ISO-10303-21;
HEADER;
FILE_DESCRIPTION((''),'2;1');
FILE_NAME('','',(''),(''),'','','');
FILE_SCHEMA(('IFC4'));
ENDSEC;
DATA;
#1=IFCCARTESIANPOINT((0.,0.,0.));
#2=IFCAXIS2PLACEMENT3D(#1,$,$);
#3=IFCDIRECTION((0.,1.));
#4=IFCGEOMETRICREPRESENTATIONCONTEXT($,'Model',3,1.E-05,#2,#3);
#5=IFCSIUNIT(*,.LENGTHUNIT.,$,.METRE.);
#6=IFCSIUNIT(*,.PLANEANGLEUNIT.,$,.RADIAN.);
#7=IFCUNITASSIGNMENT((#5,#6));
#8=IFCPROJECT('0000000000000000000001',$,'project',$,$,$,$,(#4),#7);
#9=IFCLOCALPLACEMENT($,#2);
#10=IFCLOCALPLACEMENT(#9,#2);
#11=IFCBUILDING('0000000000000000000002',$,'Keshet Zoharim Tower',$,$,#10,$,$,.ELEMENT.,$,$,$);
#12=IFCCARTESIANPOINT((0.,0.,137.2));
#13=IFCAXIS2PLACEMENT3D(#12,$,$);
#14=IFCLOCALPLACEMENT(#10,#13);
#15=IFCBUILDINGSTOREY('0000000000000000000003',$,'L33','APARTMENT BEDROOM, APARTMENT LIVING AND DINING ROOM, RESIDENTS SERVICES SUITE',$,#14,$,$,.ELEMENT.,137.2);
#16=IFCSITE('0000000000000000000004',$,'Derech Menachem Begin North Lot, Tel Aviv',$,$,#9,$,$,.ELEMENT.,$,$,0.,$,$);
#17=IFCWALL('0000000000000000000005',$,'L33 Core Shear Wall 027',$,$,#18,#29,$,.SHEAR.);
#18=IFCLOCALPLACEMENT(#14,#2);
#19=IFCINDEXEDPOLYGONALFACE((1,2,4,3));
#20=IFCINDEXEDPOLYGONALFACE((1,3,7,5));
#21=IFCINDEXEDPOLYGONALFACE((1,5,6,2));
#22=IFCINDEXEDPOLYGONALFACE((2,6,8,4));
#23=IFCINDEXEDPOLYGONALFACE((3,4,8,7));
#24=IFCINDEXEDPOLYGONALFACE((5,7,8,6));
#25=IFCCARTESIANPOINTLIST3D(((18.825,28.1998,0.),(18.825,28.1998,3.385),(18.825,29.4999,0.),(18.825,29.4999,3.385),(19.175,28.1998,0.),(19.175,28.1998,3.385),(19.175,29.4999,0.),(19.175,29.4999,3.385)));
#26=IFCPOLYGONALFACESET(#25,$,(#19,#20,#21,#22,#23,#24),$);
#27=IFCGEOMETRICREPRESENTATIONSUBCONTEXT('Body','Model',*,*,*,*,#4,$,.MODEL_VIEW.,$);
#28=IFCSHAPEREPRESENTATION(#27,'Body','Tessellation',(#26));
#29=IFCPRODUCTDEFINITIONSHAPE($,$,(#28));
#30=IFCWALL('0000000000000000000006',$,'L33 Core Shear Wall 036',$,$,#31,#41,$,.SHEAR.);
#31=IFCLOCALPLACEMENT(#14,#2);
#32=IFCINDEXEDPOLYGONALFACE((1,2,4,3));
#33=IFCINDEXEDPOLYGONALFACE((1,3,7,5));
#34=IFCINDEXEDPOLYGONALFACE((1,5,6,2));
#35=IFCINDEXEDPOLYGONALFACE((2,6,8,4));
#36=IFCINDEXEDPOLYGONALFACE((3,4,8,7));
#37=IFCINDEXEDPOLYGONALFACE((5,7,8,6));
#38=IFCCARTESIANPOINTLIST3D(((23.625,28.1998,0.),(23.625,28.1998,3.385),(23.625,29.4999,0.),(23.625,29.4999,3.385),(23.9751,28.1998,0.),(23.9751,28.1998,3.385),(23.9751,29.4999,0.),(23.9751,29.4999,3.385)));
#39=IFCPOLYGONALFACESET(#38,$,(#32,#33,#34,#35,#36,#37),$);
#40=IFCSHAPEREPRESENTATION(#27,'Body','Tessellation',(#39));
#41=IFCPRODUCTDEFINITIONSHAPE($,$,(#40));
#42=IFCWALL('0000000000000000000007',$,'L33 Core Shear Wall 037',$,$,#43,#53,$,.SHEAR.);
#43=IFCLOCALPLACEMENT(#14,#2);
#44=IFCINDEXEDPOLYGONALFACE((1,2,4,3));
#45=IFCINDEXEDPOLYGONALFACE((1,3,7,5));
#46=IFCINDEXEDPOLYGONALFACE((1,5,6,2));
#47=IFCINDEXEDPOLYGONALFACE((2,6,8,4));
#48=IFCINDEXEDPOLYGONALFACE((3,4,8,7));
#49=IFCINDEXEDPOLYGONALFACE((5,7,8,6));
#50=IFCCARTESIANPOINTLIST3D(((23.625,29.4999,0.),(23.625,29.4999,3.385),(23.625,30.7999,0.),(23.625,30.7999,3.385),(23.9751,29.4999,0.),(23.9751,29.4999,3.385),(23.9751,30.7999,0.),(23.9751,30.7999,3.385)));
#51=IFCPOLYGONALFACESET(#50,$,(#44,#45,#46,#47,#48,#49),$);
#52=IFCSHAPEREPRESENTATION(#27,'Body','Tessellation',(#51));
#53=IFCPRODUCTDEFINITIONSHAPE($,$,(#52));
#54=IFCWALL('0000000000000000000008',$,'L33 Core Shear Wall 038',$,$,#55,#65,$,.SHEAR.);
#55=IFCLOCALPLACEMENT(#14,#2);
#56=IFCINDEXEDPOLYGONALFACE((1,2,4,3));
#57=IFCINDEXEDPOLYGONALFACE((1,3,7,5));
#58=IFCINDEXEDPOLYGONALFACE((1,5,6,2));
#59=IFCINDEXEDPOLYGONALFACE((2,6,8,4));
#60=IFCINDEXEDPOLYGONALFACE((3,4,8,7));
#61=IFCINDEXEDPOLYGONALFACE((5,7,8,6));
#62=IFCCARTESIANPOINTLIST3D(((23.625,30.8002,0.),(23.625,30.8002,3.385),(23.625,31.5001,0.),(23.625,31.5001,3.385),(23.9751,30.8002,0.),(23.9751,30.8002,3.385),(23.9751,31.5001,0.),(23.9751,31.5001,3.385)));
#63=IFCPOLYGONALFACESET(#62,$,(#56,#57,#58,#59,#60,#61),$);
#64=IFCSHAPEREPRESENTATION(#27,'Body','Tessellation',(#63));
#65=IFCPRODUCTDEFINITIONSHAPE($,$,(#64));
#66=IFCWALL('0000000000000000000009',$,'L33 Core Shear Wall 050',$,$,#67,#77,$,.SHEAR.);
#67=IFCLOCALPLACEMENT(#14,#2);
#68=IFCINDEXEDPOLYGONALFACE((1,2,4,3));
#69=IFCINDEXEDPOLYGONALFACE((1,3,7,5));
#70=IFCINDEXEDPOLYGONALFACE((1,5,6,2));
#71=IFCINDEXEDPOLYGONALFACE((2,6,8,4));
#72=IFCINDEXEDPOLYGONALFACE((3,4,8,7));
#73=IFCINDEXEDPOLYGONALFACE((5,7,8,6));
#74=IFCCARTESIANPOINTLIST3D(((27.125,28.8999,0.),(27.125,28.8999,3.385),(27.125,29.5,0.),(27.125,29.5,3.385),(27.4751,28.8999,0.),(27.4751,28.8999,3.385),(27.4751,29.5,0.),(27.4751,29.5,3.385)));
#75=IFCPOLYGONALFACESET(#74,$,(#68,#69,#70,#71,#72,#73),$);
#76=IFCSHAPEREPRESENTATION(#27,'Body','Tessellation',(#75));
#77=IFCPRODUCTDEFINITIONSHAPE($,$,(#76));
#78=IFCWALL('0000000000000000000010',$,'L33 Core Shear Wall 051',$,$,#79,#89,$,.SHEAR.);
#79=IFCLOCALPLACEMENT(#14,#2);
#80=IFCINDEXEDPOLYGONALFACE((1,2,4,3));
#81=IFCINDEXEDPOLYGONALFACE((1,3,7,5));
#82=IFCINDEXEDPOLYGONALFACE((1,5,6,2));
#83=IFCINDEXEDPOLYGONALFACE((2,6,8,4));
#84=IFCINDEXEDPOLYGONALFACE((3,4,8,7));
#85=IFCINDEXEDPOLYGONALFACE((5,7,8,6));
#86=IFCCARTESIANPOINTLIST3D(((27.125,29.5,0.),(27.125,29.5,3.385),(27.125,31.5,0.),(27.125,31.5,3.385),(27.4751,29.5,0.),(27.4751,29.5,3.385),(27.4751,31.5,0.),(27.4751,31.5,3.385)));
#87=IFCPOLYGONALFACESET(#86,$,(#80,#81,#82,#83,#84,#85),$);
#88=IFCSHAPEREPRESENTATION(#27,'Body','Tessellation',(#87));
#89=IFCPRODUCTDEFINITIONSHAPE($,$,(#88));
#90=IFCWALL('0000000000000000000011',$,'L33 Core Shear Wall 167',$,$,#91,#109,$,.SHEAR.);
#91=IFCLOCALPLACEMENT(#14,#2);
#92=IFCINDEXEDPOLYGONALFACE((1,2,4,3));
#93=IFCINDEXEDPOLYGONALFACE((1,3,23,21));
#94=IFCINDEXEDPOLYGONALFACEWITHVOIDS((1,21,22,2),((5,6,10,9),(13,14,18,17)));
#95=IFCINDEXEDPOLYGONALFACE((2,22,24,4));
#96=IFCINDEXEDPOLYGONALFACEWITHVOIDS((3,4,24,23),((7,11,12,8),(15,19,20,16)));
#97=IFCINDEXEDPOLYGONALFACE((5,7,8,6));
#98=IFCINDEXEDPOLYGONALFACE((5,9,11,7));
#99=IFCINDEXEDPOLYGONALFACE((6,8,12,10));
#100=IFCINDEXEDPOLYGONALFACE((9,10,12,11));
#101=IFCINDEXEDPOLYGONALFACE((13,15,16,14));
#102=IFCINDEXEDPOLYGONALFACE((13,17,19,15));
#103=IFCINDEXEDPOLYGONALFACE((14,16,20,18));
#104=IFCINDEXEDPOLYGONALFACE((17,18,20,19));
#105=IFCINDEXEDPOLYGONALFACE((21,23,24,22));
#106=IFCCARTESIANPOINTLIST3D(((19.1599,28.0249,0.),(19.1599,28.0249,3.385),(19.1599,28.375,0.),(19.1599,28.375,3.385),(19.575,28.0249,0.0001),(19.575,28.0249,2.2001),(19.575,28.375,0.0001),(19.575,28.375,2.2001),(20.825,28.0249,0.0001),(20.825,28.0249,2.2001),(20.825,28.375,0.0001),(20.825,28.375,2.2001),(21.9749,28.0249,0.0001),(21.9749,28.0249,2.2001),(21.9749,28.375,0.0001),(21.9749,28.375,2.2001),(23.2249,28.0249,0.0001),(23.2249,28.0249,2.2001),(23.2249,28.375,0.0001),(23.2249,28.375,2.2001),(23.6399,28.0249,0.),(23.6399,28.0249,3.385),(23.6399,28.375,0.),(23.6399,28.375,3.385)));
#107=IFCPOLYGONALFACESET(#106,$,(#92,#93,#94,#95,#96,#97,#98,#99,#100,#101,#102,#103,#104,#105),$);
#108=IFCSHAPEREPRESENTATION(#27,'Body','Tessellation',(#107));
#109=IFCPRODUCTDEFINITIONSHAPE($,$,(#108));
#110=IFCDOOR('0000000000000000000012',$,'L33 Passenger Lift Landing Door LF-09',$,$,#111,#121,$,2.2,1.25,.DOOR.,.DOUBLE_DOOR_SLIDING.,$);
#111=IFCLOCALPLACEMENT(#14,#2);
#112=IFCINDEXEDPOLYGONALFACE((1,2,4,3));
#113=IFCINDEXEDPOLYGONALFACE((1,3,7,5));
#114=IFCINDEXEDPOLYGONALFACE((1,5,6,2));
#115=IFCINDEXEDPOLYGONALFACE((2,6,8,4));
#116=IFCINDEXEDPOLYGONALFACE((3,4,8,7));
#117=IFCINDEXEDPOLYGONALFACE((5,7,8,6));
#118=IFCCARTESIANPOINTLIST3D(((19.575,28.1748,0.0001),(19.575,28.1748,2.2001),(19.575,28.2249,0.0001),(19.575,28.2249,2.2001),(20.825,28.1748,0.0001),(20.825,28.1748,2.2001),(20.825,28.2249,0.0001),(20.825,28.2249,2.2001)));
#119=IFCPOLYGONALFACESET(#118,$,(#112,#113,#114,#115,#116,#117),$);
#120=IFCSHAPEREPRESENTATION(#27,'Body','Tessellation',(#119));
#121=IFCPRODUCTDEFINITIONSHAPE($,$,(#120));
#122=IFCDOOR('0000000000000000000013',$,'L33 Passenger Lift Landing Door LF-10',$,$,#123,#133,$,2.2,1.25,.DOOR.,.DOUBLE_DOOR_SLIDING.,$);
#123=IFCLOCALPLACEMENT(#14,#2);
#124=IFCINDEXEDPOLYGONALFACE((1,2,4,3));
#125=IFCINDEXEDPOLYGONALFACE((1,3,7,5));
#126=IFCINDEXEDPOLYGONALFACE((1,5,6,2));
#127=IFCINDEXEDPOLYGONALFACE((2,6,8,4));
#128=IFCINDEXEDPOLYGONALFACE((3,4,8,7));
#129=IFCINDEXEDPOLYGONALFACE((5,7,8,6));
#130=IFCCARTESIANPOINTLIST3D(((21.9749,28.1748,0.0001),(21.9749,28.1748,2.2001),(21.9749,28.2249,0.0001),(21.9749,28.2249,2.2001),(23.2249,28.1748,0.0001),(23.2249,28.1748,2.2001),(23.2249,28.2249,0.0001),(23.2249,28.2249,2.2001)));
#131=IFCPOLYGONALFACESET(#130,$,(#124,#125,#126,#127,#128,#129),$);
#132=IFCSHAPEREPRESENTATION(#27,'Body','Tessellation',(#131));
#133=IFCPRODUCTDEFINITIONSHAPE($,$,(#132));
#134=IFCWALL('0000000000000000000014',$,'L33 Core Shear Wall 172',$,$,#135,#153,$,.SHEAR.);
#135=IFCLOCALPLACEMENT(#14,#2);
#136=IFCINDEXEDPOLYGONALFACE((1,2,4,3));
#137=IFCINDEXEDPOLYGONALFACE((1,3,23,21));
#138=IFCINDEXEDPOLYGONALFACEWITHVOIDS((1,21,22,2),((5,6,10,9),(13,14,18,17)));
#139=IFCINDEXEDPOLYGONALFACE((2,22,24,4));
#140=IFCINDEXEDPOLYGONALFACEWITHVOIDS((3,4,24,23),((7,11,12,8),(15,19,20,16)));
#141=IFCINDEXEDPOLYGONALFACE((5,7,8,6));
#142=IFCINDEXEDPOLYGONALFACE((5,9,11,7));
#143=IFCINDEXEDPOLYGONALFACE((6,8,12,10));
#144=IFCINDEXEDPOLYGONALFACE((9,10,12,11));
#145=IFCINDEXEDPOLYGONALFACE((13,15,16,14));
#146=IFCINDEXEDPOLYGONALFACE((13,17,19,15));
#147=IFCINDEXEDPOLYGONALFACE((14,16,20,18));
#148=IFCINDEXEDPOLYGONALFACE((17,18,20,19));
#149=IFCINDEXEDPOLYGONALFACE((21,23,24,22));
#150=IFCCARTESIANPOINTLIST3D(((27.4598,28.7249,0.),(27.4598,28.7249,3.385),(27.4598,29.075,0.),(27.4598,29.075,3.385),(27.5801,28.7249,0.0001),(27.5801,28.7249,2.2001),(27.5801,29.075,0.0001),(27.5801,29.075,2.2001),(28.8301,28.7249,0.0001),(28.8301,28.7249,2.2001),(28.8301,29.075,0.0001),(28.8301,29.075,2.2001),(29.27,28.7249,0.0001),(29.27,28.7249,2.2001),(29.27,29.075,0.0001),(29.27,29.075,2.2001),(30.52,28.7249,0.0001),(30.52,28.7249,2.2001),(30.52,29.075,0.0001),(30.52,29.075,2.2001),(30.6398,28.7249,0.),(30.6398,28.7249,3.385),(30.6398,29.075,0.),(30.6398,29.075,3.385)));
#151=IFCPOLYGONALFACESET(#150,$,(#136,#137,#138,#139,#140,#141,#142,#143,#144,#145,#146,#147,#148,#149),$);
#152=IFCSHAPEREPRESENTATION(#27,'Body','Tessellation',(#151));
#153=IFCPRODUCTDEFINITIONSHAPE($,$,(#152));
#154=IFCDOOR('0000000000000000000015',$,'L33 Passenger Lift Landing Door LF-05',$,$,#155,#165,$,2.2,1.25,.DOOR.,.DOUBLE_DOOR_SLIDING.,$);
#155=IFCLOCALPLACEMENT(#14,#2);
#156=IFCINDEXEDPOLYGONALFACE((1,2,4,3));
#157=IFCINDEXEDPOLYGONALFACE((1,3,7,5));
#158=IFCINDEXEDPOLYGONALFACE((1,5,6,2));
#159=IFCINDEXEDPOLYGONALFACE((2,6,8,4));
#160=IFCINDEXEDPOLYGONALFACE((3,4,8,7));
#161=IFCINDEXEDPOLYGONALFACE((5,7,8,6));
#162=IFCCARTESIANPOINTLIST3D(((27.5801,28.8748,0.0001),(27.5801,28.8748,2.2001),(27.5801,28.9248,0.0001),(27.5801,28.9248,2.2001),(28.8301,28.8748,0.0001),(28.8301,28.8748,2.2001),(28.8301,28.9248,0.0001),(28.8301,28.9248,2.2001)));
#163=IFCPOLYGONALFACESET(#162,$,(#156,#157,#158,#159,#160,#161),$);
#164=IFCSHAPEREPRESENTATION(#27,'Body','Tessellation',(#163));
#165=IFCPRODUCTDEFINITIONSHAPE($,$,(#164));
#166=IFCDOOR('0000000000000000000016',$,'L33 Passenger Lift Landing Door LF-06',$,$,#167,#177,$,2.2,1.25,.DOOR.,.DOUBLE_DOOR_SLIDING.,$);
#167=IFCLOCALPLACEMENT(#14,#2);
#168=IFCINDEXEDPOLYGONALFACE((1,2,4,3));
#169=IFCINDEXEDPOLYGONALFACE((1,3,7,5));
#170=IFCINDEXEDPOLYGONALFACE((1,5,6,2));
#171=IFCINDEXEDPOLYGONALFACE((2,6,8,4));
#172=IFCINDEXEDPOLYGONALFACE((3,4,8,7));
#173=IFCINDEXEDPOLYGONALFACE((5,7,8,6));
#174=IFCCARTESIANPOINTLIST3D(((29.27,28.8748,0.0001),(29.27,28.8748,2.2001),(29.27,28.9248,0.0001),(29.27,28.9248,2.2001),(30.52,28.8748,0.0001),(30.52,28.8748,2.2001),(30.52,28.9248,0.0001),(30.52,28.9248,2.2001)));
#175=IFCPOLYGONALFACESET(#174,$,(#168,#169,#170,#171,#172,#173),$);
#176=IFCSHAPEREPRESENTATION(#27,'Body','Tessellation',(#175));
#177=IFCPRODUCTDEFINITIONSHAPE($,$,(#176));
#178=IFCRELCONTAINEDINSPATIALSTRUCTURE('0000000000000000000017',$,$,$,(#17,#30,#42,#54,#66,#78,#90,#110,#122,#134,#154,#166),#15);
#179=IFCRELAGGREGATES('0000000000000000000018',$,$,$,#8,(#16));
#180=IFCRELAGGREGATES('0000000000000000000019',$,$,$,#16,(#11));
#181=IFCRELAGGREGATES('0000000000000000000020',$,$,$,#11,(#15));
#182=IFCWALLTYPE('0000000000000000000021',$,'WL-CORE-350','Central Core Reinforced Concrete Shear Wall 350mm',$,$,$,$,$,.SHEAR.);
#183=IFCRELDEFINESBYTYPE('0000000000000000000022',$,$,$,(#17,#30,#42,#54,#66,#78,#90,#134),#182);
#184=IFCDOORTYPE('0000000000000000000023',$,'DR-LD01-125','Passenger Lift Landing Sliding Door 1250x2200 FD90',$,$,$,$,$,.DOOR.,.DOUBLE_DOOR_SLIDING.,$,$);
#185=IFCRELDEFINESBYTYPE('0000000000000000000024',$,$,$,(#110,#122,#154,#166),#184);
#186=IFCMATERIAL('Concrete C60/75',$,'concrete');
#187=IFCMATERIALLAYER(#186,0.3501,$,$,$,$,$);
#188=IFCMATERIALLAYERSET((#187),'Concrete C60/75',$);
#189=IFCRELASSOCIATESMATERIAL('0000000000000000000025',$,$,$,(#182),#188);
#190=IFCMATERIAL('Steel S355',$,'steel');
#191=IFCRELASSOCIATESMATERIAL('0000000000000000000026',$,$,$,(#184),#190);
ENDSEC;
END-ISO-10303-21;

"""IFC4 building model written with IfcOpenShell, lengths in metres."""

from ifc_helpers import new_model, si_unit, direction, frame, frame_2d, origin, place, context, subcontext, project, spatial, rectangle, extrude, material, layer, layer_set, type_object, element, fill, save


model = new_model("IFC4")

# Units and contexts
model_context = context("Model", 3, precision=1e-05, world=origin(), true_north=direction((0.0, 1.0)))
body_context = subcontext(model_context, "Body", "Model", "MODEL_VIEW")
ifc_project = project(units=[si_unit("LENGTHUNIT", "METRE"), si_unit("PLANEANGLEUNIT", "RADIAN")], contexts=[model_context])

# Site, building, storey
site_placement = place(None, origin())
site = spatial("IfcSite", under=ifc_project, at=site_placement, Name="Derech Menachem Begin North Lot, Tel Aviv", CompositionType="ELEMENT", RefElevation=0.0)
building_placement = place(site_placement, origin())
building = spatial("IfcBuilding", under=site, at=building_placement, Name="Keshet Zoharim Tower", CompositionType="ELEMENT")
storey_placement = place(building_placement, frame((0.0, 0.0, 137.2)))
storey = spatial("IfcBuildingStorey", under=building, at=storey_placement, Name="L33", Description="APARTMENT BEDROOM, APARTMENT LIVING AND DINING ROOM, RESIDENTS SERVICES SUITE", CompositionType="ELEMENT", Elevation=137.2)

# Wall
ifc_material_1 = material(Name="Concrete C60/75", Category="concrete")
ifc_layer_1 = layer(ifc_material_1, 0.3501)
ifc_layer_set_1 = layer_set([ifc_layer_1], Name="Concrete C60/75")
wall_type_1 = type_object("IfcWallType", Name="WL-CORE-350", Description="Central Core Reinforced Concrete Shear Wall 350mm", PredefinedType="SHEAR", material=ifc_layer_set_1)
wall_1_placement = place(storey_placement, frame((19.0, 28.2, 0.0), z_axis=(0.0, 0.0, 1.0), x_axis=(0.0, 1.0, 0.0)))
element("IfcWall", 1, at=wall_1_placement, inside=storey, type_object=wall_type_1, Name="L33 Core Shear Wall 027", PredefinedType="SHEAR", context=body_context, shape_type="SweptSolid", body=[
    extrude(rectangle(XDim=1.3, YDim=0.3501, at=frame_2d((0.6499, 0.0))), origin(), (0.0, 0.0, 1.0), 3.385),
])

# Walls
for number, where, z_axis, x_axis, name in (
    (2, (23.8, 28.2, 0.0), (0.0, 0.0, 1.0), (0.0, 1.0, 0.0), "L33 Core Shear Wall 036"),
    (3, (23.8, 29.5, 0.0), (0.0, 0.0, 1.0), (0.0, 1.0, 0.0), "L33 Core Shear Wall 037"),
):
    element("IfcWall", number, at=place(storey_placement, frame(where, z_axis=z_axis, x_axis=x_axis)), inside=storey, type_object=wall_type_1, Name=name, PredefinedType="SHEAR", context=body_context, shape_type="SweptSolid", body=[
        extrude(rectangle(XDim=1.3, YDim=0.3501, at=frame_2d((0.6499, 0.0))), origin(), (0.0, 0.0, 1.0), 3.385),
    ])
wall_2_placement = place(storey_placement, frame((23.8, 30.8, 0.0), z_axis=(0.0, 0.0, 1.0), x_axis=(0.0, 1.0, 0.0)))
element("IfcWall", 4, at=wall_2_placement, inside=storey, type_object=wall_type_1, Name="L33 Core Shear Wall 038", PredefinedType="SHEAR", context=body_context, shape_type="SweptSolid", body=[
    extrude(rectangle(XDim=0.7, YDim=0.3501, at=frame_2d((0.3501, 0.0))), origin(), (0.0, 0.0, 1.0), 3.385),
])
wall_3_placement = place(storey_placement, frame((27.3, 28.8999, 0.0), z_axis=(0.0, 0.0, 1.0), x_axis=(0.0, 1.0, 0.0)))
element("IfcWall", 5, at=wall_3_placement, inside=storey, type_object=wall_type_1, Name="L33 Core Shear Wall 050", PredefinedType="SHEAR", context=body_context, shape_type="SweptSolid", body=[
    extrude(rectangle(XDim=0.6001, YDim=0.3501, at=frame_2d((0.3, 0.0))), origin(), (0.0, 0.0, 1.0), 3.385),
])
wall_4_placement = place(storey_placement, frame((27.3, 29.5, 0.0), z_axis=(0.0, 0.0, 1.0), x_axis=(0.0, 1.0, 0.0)))
element("IfcWall", 6, at=wall_4_placement, inside=storey, type_object=wall_type_1, Name="L33 Core Shear Wall 051", PredefinedType="SHEAR", context=body_context, shape_type="SweptSolid", body=[
    extrude(rectangle(XDim=2.0, YDim=0.3501, at=frame_2d((1.0, 0.0))), origin(), (0.0, 0.0, 1.0), 3.385),
])

# Walls, openings, doors
wall_5_placement = place(storey_placement, frame((19.1599, 28.2, 0.0), z_axis=(0.0, 0.0, 1.0), x_axis=(1.0, 0.0, 0.0)))
wall_5 = element("IfcWall", 7, at=wall_5_placement, inside=storey, type_object=wall_type_1, Name="L33 Core Shear Wall 167", PredefinedType="SHEAR", context=body_context, shape_type="SweptSolid", body=[
    extrude(rectangle(XDim=4.48, YDim=0.3501, at=frame_2d((2.24, 0.0))), origin(), (0.0, 0.0, 1.0), 3.385),
])
opening_1_placement = place(wall_5_placement, frame((0.415, 0.0, 0.0)))
opening_1 = element("IfcOpeningElement", 8, at=opening_1_placement, cuts=wall_5, PredefinedType="OPENING", context=body_context, shape_type="SweptSolid", body=[
    extrude(rectangle(XDim=1.25, YDim=2.2, at=frame_2d((0.625, 1.1001))), frame((0.0, 0.1851, 0.0), z_axis=(0.0, -1.0, 0.0), x_axis=(1.0, 0.0, 0.0)), (0.0, 0.0, 1.0), 0.3701),
])
opening_2_placement = place(wall_5_placement, frame((2.8149, 0.0, 0.0)))
opening_2 = element("IfcOpeningElement", 9, at=opening_2_placement, cuts=wall_5, PredefinedType="OPENING", context=body_context, shape_type="SweptSolid", body=[
    extrude(rectangle(XDim=1.25, YDim=2.2, at=frame_2d((0.625, 1.1001))), frame((0.0, 0.1851, 0.0), z_axis=(0.0, -1.0, 0.0), x_axis=(1.0, 0.0, 0.0)), (0.0, 0.0, 1.0), 0.3701),
])
ifc_material_2 = material(Name="Steel S355", Category="steel")
door_type_1 = type_object("IfcDoorType", Name="DR-LD01-125", Description="Passenger Lift Landing Sliding Door 1250x2200 FD90", OperationType="DOUBLE_DOOR_SLIDING", PredefinedType="DOOR", material=ifc_material_2)
door_1_placement = place(opening_1_placement, origin())
door_1 = element("IfcDoor", 10, at=door_1_placement, inside=storey, type_object=door_type_1, Name="L33 Passenger Lift Landing Door LF-09", OperationType="DOUBLE_DOOR_SLIDING", OverallHeight=2.2, OverallWidth=1.25, PredefinedType="DOOR", context=body_context, shape_type="SweptSolid", body=[
    extrude(rectangle(XDim=1.25, YDim=2.2, at=frame_2d((0.625, 1.1001))), frame((0.0, 0.0249, 0.0), z_axis=(0.0, -1.0, 0.0), x_axis=(1.0, 0.0, 0.0)), (0.0, 0.0, 1.0), 0.05),
])
fill(opening_1, door_1)
door_2_placement = place(opening_2_placement, origin())
door_2 = element("IfcDoor", 11, at=door_2_placement, inside=storey, type_object=door_type_1, Name="L33 Passenger Lift Landing Door LF-10", OperationType="DOUBLE_DOOR_SLIDING", OverallHeight=2.2, OverallWidth=1.25, PredefinedType="DOOR", context=body_context, shape_type="SweptSolid", body=[
    extrude(rectangle(XDim=1.25, YDim=2.2, at=frame_2d((0.625, 1.1001))), frame((0.0, 0.0249, 0.0), z_axis=(0.0, -1.0, 0.0), x_axis=(1.0, 0.0, 0.0)), (0.0, 0.0, 1.0), 0.05),
])
fill(opening_2, door_2)
wall_6_placement = place(storey_placement, frame((27.46, 28.8999, 0.0), z_axis=(0.0, 0.0, 1.0), x_axis=(1.0, 0.0, 0.0)))
wall_6 = element("IfcWall", 12, at=wall_6_placement, inside=storey, type_object=wall_type_1, Name="L33 Core Shear Wall 172", PredefinedType="SHEAR", context=body_context, shape_type="SweptSolid", body=[
    extrude(rectangle(XDim=3.1799, YDim=0.3501, at=frame_2d((1.5898, 0.0))), origin(), (0.0, 0.0, 1.0), 3.385),
])
opening_3_placement = place(wall_6_placement, frame((0.1201, 0.0, 0.0)))
opening_3 = element("IfcOpeningElement", 13, at=opening_3_placement, cuts=wall_6, PredefinedType="OPENING", context=body_context, shape_type="SweptSolid", body=[
    extrude(rectangle(XDim=1.25, YDim=2.2, at=frame_2d((0.625, 1.1001))), frame((0.0, 0.1851, 0.0), z_axis=(0.0, -1.0, 0.0), x_axis=(1.0, 0.0, 0.0)), (0.0, 0.0, 1.0), 0.3701),
])
opening_4_placement = place(wall_6_placement, frame((1.8101, 0.0, 0.0)))
opening_4 = element("IfcOpeningElement", 14, at=opening_4_placement, cuts=wall_6, PredefinedType="OPENING", context=body_context, shape_type="SweptSolid", body=[
    extrude(rectangle(XDim=1.25, YDim=2.2, at=frame_2d((0.625, 1.1001))), frame((0.0, 0.1851, 0.0), z_axis=(0.0, -1.0, 0.0), x_axis=(1.0, 0.0, 0.0)), (0.0, 0.0, 1.0), 0.3701),
])
door_3_placement = place(opening_3_placement, origin())
door_3 = element("IfcDoor", 15, at=door_3_placement, inside=storey, type_object=door_type_1, Name="L33 Passenger Lift Landing Door LF-05", OperationType="DOUBLE_DOOR_SLIDING", OverallHeight=2.2, OverallWidth=1.25, PredefinedType="DOOR", context=body_context, shape_type="SweptSolid", body=[
    extrude(rectangle(XDim=1.25, YDim=2.2, at=frame_2d((0.625, 1.1001))), frame((0.0, 0.0249, 0.0), z_axis=(0.0, -1.0, 0.0), x_axis=(1.0, 0.0, 0.0)), (0.0, 0.0, 1.0), 0.05),
])
fill(opening_3, door_3)
door_4_placement = place(opening_4_placement, origin())
door_4 = element("IfcDoor", 16, at=door_4_placement, inside=storey, type_object=door_type_1, Name="L33 Passenger Lift Landing Door LF-06", OperationType="DOUBLE_DOOR_SLIDING", OverallHeight=2.2, OverallWidth=1.25, PredefinedType="DOOR", context=body_context, shape_type="SweptSolid", body=[
    extrude(rectangle(XDim=1.25, YDim=2.2, at=frame_2d((0.625, 1.1001))), frame((0.0, 0.0249, 0.0), z_axis=(0.0, -1.0, 0.0), x_axis=(1.0, 0.0, 0.0)), (0.0, 0.0, 1.0), 0.05),
])
fill(opening_4, door_4)

save(model, "model.ifc")
